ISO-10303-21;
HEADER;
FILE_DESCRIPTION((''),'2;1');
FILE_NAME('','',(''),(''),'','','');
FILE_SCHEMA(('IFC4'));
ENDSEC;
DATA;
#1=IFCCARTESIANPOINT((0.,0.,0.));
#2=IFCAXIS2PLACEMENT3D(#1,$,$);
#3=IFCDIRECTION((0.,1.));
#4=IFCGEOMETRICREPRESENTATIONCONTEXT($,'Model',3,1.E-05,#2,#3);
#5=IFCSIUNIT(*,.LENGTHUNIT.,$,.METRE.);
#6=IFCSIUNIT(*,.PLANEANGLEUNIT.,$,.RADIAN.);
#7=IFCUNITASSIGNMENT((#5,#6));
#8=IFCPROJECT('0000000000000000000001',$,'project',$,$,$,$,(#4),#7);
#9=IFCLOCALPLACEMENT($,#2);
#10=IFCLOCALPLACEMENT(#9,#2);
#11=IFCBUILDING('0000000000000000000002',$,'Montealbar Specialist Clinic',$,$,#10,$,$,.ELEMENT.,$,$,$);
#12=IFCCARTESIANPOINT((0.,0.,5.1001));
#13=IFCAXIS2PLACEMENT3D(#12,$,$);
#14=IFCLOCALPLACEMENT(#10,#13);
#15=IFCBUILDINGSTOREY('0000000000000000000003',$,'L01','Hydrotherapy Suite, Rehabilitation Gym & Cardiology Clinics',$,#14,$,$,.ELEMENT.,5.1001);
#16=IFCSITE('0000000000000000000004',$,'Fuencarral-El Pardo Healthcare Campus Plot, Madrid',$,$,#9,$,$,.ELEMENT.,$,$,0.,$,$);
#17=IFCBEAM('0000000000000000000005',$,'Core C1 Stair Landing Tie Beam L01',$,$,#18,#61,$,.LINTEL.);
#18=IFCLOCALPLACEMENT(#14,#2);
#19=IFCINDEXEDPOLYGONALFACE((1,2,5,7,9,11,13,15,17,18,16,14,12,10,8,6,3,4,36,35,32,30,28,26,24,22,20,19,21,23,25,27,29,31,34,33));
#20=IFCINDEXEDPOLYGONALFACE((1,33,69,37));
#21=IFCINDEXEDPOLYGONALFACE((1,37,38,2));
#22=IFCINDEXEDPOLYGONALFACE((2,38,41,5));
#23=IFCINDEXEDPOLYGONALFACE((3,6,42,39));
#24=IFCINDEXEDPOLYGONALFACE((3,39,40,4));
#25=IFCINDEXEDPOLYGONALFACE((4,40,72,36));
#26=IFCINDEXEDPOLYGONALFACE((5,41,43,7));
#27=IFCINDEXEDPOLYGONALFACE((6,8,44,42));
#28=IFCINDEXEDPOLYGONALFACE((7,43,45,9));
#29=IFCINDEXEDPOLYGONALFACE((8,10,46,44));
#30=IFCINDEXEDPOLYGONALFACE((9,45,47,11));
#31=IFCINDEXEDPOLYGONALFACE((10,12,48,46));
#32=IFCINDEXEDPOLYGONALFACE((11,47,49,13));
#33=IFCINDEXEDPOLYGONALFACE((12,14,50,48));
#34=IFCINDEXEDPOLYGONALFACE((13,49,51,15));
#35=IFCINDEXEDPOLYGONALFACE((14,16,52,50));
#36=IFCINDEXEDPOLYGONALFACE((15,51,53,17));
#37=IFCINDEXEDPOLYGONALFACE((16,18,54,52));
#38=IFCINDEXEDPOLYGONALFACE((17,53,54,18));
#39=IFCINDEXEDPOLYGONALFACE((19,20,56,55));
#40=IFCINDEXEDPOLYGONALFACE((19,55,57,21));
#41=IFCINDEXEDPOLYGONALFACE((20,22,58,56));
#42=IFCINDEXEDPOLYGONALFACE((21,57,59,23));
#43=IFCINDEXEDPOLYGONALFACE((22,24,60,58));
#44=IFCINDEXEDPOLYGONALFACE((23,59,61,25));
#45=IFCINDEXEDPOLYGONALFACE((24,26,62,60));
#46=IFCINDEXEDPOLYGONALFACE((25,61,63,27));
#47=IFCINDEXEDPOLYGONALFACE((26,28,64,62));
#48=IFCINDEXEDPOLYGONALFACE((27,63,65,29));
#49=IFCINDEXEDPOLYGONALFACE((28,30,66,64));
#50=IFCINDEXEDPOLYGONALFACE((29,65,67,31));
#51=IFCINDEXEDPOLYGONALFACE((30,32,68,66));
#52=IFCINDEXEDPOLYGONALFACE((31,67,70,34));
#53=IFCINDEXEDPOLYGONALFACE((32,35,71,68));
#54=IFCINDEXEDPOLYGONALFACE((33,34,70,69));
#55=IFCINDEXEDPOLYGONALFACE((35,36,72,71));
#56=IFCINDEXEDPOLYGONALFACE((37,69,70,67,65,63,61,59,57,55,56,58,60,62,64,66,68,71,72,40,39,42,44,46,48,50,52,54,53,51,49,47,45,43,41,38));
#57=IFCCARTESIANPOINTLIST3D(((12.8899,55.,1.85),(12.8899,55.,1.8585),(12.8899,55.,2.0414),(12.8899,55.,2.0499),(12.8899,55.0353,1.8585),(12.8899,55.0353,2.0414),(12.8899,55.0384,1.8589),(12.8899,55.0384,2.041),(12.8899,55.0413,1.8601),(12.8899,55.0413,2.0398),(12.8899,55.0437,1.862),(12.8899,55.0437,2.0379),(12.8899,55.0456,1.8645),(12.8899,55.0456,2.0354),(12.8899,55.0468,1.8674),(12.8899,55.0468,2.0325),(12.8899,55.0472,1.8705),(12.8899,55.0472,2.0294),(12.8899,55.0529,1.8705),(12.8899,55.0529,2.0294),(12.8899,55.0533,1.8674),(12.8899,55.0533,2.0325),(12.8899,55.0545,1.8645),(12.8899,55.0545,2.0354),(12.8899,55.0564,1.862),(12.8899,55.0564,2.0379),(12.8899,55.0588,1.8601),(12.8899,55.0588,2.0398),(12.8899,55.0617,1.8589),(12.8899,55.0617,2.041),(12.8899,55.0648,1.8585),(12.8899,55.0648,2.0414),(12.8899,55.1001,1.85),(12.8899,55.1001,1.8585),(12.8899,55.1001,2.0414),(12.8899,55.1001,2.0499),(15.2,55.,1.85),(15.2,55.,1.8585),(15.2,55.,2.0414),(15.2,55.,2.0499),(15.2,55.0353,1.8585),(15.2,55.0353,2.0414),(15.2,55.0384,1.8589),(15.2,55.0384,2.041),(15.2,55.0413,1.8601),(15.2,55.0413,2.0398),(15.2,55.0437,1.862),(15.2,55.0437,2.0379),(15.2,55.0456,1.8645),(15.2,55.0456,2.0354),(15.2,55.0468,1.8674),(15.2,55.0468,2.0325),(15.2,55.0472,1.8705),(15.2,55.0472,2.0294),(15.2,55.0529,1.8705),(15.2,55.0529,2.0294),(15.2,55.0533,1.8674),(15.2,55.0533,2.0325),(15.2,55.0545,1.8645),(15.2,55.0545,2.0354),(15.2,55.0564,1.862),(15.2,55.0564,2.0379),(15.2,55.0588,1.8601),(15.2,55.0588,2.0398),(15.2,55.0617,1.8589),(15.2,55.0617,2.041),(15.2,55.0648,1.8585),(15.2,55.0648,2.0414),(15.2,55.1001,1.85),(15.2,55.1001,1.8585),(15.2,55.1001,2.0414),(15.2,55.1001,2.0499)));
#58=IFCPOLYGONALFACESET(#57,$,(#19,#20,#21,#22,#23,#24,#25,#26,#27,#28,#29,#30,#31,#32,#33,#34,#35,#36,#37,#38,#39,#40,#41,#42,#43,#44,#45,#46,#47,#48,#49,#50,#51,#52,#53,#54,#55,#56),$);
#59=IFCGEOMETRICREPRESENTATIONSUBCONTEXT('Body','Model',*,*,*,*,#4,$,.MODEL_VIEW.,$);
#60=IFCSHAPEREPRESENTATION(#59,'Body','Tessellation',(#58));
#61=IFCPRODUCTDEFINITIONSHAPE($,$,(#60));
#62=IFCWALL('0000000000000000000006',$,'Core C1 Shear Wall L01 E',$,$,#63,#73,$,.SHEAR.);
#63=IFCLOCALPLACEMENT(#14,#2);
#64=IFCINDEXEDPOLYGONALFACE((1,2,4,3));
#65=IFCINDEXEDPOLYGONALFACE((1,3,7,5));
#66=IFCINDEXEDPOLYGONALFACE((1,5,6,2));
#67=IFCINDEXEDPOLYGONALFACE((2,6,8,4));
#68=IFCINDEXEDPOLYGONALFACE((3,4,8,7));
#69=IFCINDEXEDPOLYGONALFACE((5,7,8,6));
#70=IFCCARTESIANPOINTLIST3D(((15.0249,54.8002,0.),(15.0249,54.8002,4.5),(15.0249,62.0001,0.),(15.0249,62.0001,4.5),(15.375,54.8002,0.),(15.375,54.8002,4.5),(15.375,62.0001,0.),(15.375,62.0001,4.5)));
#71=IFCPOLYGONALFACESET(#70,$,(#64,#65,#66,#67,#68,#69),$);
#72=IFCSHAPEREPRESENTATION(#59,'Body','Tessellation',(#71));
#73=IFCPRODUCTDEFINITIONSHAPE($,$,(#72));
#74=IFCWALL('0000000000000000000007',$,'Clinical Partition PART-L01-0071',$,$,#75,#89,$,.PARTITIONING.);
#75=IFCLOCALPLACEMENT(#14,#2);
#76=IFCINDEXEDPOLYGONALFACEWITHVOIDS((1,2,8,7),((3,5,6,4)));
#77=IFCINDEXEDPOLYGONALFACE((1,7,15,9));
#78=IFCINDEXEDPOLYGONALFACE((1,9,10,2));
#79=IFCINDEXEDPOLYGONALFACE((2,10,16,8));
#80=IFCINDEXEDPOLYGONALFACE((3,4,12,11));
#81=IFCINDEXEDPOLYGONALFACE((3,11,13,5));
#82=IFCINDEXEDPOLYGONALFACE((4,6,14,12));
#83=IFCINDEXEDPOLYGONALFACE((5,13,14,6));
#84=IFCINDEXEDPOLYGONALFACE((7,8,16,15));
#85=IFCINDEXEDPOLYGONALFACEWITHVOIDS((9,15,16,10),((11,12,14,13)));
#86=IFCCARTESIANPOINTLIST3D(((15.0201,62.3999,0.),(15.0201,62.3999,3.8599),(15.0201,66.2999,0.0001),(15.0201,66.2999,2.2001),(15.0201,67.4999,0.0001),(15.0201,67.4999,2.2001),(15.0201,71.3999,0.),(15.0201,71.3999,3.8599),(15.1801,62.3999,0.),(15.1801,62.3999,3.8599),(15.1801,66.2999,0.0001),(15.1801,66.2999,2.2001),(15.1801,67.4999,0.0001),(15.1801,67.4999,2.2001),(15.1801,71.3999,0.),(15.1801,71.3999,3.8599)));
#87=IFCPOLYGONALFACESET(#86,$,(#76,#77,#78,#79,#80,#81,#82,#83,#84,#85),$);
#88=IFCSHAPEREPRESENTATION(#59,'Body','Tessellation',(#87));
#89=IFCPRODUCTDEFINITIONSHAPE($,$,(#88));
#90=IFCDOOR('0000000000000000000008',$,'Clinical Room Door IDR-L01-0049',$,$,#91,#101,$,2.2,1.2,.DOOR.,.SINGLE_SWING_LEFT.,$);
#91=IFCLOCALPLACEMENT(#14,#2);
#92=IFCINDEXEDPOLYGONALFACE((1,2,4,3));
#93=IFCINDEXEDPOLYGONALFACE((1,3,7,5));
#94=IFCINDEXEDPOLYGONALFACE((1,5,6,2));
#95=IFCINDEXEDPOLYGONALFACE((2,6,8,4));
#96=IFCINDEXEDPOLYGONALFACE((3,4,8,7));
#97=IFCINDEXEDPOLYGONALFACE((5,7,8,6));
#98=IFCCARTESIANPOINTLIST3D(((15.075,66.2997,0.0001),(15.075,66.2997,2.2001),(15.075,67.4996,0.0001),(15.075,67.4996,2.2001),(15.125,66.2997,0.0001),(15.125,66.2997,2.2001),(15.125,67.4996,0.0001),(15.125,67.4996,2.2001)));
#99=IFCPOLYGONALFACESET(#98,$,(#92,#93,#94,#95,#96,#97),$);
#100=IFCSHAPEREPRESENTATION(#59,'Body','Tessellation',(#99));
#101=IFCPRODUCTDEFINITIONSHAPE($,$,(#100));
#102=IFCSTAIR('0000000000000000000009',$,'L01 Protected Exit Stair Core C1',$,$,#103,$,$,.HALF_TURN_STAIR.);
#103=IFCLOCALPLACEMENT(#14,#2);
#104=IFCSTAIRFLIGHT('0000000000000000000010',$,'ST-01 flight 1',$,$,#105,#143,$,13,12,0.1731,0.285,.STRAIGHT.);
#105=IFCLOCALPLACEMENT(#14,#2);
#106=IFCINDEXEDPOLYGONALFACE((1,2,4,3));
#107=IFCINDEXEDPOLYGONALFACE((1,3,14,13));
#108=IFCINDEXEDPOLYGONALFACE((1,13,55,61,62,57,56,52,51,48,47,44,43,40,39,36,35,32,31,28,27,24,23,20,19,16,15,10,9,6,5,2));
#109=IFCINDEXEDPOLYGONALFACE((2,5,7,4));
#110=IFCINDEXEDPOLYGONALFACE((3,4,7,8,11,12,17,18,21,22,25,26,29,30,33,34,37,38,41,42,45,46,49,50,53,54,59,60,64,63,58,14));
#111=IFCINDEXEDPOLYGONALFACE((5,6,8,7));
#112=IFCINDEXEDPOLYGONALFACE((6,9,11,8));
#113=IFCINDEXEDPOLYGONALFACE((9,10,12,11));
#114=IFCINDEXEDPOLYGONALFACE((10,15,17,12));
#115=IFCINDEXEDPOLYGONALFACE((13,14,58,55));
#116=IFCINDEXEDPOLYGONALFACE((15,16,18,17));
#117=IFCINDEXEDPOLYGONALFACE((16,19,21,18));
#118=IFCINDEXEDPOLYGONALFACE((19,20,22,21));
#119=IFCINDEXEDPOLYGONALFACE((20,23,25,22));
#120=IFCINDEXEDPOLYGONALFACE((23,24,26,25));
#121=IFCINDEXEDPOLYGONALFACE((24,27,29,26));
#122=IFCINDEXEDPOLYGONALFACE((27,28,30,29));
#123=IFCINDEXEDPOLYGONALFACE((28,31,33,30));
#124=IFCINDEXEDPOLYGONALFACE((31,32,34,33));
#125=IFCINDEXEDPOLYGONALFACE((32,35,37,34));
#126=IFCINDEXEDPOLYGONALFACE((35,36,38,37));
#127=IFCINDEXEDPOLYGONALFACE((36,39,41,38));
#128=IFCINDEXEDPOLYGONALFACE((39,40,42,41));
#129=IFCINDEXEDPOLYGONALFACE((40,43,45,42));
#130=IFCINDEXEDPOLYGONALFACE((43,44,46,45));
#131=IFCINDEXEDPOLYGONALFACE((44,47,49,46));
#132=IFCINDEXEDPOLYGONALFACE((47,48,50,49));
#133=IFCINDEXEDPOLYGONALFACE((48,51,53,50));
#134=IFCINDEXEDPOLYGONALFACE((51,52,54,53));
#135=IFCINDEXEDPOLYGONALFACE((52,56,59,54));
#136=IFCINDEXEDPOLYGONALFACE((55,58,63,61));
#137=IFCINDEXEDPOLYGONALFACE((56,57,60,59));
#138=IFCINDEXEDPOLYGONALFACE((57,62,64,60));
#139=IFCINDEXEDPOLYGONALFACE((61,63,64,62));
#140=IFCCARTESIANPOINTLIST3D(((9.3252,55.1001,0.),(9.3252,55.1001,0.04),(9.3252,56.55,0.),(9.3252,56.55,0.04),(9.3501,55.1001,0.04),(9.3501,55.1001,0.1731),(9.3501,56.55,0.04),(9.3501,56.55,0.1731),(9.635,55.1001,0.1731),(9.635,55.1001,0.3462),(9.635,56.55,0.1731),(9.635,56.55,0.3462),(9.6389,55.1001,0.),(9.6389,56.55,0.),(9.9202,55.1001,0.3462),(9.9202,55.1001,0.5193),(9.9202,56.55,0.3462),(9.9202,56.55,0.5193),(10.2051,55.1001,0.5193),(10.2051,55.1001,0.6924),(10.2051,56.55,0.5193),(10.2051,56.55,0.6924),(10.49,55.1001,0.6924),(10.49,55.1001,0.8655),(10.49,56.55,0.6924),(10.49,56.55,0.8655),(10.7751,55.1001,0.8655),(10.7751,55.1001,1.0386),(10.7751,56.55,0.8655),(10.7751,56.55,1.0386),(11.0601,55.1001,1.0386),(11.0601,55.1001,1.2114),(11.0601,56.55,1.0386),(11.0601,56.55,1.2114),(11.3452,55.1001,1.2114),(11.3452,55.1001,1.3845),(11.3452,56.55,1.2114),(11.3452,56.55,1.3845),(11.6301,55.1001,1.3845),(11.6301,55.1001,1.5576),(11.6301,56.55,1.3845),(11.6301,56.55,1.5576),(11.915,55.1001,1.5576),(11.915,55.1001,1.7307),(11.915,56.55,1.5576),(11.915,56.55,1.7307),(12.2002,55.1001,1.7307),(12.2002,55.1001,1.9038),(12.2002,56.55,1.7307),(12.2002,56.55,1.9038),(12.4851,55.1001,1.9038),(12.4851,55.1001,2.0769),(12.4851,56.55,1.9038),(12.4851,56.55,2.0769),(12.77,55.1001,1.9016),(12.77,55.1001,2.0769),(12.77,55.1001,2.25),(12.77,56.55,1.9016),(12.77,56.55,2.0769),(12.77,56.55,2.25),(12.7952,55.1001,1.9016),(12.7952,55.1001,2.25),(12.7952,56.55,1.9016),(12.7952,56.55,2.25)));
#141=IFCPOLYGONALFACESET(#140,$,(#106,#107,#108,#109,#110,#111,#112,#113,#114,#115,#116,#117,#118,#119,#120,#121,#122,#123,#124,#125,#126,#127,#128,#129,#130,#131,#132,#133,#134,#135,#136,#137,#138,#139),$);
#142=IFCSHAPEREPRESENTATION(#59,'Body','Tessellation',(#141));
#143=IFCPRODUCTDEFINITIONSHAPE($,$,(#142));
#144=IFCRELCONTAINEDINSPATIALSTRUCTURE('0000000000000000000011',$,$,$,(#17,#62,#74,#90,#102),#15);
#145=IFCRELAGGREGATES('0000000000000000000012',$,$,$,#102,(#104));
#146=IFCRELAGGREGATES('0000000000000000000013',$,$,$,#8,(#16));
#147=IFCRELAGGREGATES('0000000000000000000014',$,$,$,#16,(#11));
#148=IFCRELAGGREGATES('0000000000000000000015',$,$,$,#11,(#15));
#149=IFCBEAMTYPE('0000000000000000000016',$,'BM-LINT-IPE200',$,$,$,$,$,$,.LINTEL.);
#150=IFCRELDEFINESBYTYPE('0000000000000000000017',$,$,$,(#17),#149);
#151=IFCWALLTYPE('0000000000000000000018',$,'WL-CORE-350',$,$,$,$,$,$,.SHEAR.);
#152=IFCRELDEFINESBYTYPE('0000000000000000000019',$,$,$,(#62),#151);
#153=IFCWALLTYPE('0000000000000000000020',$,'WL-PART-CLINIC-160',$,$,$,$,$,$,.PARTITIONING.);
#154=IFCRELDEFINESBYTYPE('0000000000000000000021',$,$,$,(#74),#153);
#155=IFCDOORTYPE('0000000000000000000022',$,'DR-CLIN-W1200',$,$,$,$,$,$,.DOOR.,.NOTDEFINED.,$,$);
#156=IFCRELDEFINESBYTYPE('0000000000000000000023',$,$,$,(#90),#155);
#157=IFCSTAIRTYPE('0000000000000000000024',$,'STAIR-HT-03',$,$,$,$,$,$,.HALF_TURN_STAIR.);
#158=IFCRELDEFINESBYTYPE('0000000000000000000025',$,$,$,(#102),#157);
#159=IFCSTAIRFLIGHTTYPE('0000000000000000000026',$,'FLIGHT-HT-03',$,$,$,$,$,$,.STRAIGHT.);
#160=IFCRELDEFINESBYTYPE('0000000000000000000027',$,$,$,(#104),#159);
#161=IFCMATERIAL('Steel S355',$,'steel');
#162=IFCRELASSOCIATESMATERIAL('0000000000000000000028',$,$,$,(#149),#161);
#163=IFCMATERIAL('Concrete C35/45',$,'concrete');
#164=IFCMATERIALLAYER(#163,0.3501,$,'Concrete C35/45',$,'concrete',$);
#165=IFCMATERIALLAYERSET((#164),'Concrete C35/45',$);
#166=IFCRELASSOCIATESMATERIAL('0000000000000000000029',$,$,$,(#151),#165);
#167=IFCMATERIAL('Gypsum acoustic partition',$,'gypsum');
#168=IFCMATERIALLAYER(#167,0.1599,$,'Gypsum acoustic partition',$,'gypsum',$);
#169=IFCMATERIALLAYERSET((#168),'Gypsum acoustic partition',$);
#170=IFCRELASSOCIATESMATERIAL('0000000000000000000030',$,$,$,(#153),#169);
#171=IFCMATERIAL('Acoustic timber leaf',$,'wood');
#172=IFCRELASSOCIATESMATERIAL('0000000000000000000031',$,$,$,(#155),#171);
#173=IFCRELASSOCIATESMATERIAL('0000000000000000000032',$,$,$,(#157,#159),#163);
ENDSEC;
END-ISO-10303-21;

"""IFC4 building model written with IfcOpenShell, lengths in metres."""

from ifc_helpers import new_model, si_unit, direction, frame, frame_2d, origin, origin_2d, place, context, subcontext, project, spatial, polyline, rectangle, i_section, outline, extrude, material, layer, layer_set, material_profile, profile_set, type_object, element, fill, aggregate, save


model = new_model("IFC4")

# Units and contexts
model_context = context("Model", 3, precision=1e-05, world=origin(), true_north=direction((0.0, 1.0)))
body_context = subcontext(model_context, "Body", "Model", "MODEL_VIEW")
ifc_project = project(units=[si_unit("LENGTHUNIT", "METRE"), si_unit("PLANEANGLEUNIT", "RADIAN")], contexts=[model_context])

# Site, building, storey
site_placement = place(None, origin())
site = spatial("IfcSite", under=ifc_project, at=site_placement, Name="Fuencarral-El Pardo Healthcare Campus Plot, Madrid", CompositionType="ELEMENT", RefElevation=0.0)
building_placement = place(site_placement, origin())
building = spatial("IfcBuilding", under=site, at=building_placement, Name="Montealbar Specialist Clinic", CompositionType="ELEMENT")
storey_placement = place(building_placement, frame((0.0, 0.0, 5.1001)))
storey = spatial("IfcBuildingStorey", under=building, at=storey_placement, Name="L01", Description="Hydrotherapy Suite, Rehabilitation Gym & Cardiology Clinics", CompositionType="ELEMENT", Elevation=5.1001)

# Shared definitions
ifc_material_1 = material(Name="Concrete C35/45", Category="concrete")

# Beam
ifc_material_2 = material(Name="Steel S355", Category="steel")
ifc_material_profile_1 = material_profile(ifc_material_2, i_section(OverallWidth=0.1001, OverallDepth=0.2, WebThickness=0.0056, FlangeThickness=0.0085, FilletRadius=0.012, at=origin_2d()), Name="IPE 200", Category="steel")
ifc_profile_set_1 = profile_set([ifc_material_profile_1], Name="Steel S355")
beam_type_1 = type_object("IfcBeamType", Name="BM-LINT-IPE200", PredefinedType="LINTEL", material=ifc_profile_set_1)
beam_1_placement = place(storey_placement, frame((12.8899, 55.05, 1.95), z_axis=(1.0, 0.0, 0.0), x_axis=(0.0, 1.0, 0.0)))
element("IfcBeam", 1, at=beam_1_placement, inside=storey, type_object=beam_type_1, Name="Core C1 Stair Landing Tie Beam L01", PredefinedType="LINTEL", context=body_context, shape_type="SweptSolid", body=[
    extrude(i_section(OverallWidth=0.1001, OverallDepth=0.2, WebThickness=0.0056, FlangeThickness=0.0085, FilletRadius=0.012, at=origin_2d()), origin(), (0.0, 0.0, 1.0), 2.3101),
])

# Wall
ifc_layer_1 = layer(ifc_material_1, 0.3501, Name="Concrete C35/45", Category="concrete")
ifc_layer_set_1 = layer_set([ifc_layer_1], Name="Concrete C35/45")
wall_type_1 = type_object("IfcWallType", Name="WL-CORE-350", PredefinedType="SHEAR", material=ifc_layer_set_1)
wall_1_placement = place(storey_placement, frame((15.2, 54.8, 0.0), z_axis=(0.0, 0.0, 1.0), x_axis=(0.0, 1.0, 0.0)))
element("IfcWall", 2, at=wall_1_placement, inside=storey, type_object=wall_type_1, Name="Core C1 Shear Wall L01 E", PredefinedType="SHEAR", context=body_context, shape_type="SweptSolid", body=[
    extrude(rectangle(XDim=7.2, YDim=0.3501, at=frame_2d((3.6001, 0.0))), origin(), (0.0, 0.0, 1.0), 4.5),
])

# Wall, opening, door
ifc_material_3 = material(Name="Gypsum acoustic partition", Category="gypsum")
ifc_layer_2 = layer(ifc_material_3, 0.1599, Name="Gypsum acoustic partition", Category="gypsum")
ifc_layer_set_2 = layer_set([ifc_layer_2], Name="Gypsum acoustic partition")
wall_type_2 = type_object("IfcWallType", Name="WL-PART-CLINIC-160", PredefinedType="PARTITIONING", material=ifc_layer_set_2)
wall_2_placement = place(storey_placement, frame((15.1001, 62.3999, 0.0), z_axis=(0.0, 0.0, 1.0), x_axis=(0.0, 1.0, 0.0)))
wall_2 = element("IfcWall", 3, at=wall_2_placement, inside=storey, type_object=wall_type_2, Name="Clinical Partition PART-L01-0071", PredefinedType="PARTITIONING", context=body_context, shape_type="SweptSolid", body=[
    extrude(rectangle(XDim=9.0, YDim=0.1599, at=frame_2d((4.5, 0.0))), origin(), (0.0, 0.0, 1.0), 3.8599),
])
opening_1_placement = place(wall_2_placement, frame((3.8999, 0.0, 0.0)))
opening_1 = element("IfcOpeningElement", 4, at=opening_1_placement, cuts=wall_2, PredefinedType="OPENING", context=body_context, shape_type="SweptSolid", body=[
    extrude(rectangle(XDim=1.2, YDim=2.2, at=frame_2d((0.6001, 1.1001))), frame((0.0, 0.0898, 0.0), z_axis=(0.0, -1.0, 0.0), x_axis=(1.0, 0.0, 0.0)), (0.0, 0.0, 1.0), 0.1799),
])
ifc_material_4 = material(Name="Acoustic timber leaf", Category="wood")
door_type_1 = type_object("IfcDoorType", Name="DR-CLIN-W1200", OperationType="NOTDEFINED", PredefinedType="DOOR", material=ifc_material_4)
door_1_placement = place(opening_1_placement, frame((1.2, 0.0, 0.0), z_axis=(0.0, 0.0, 1.0), x_axis=(-1.0, 0.0, 0.0)))
door_1 = element("IfcDoor", 5, at=door_1_placement, inside=storey, type_object=door_type_1, Name="Clinical Room Door IDR-L01-0049", OperationType="SINGLE_SWING_LEFT", OverallHeight=2.2, OverallWidth=1.2, PredefinedType="DOOR", context=body_context, shape_type="SweptSolid", body=[
    extrude(rectangle(XDim=1.2, YDim=2.2, at=frame_2d((0.6001, 1.1001))), frame((0.0, 0.0249, 0.0), z_axis=(0.0, -1.0, 0.0), x_axis=(1.0, 0.0, 0.0)), (0.0, 0.0, 1.0), 0.05),
])
fill(opening_1, door_1)

# Stair, stair flight
stair_type = type_object("IfcStairType", Name="STAIR-HT-03", PredefinedType="HALF_TURN_STAIR", material=ifc_material_1)
stair_placement = place(storey_placement, origin())
stair = element("IfcStair", 6, at=stair_placement, inside=storey, type_object=stair_type, Name="L01 Protected Exit Stair Core C1", PredefinedType="HALF_TURN_STAIR")
stair_flight_type = type_object("IfcStairFlightType", Name="FLIGHT-HT-03", PredefinedType="STRAIGHT", material=ifc_material_1)
stair_flight_1_placement = place(storey_placement, frame((9.3501, 55.825, 0.0), z_axis=(0.0, 0.0, 1.0), x_axis=(1.0, 0.0, 0.0)))
stair_flight_1 = element("IfcStairFlight", 7, at=stair_flight_1_placement, type_object=stair_flight_type, Name="ST-01 flight 1", NumberOfRisers=13, NumberOfTreads=12, PredefinedType="STRAIGHT", RiserHeight=0.1731, TreadLength=0.285, context=body_context, shape_type="SweptSolid", body=[
    extrude(outline(polyline([(-0.0249, 0.0), (-0.0249, 0.04), (0.0, 0.04), (0.0, 0.1731), (0.2849, 0.1731), (0.2849, 0.3462), (0.5701, 0.3462), (0.5701, 0.5193), (0.855, 0.5193), (0.855, 0.6924), (1.1399, 0.6924), (1.1399, 0.8655), (1.425, 0.8655), (1.425, 1.0386), (1.71, 1.0386), (1.71, 1.2114), (1.9951, 1.2114), (1.9951, 1.3845), (2.28, 1.3845), (2.28, 1.5576), (2.5649, 1.5576), (2.5649, 1.7307), (2.8501, 1.7307), (2.8501, 1.9038), (3.135, 1.9038), (3.135, 2.0769), (3.4199, 2.0769), (3.4199, 2.25), (3.4451, 2.25), (3.4451, 1.9016), (3.4199, 1.9016), (0.2888, 0.0), (-0.0249, 0.0)])), frame((0.0, 0.7251, 0.0), z_axis=(0.0, -1.0, 0.0), x_axis=(1.0, 0.0, 0.0)), (0.0, 0.0, 1.0), 1.45),
])
aggregate(stair, [stair_flight_1])

save(model, "model.ifc")
